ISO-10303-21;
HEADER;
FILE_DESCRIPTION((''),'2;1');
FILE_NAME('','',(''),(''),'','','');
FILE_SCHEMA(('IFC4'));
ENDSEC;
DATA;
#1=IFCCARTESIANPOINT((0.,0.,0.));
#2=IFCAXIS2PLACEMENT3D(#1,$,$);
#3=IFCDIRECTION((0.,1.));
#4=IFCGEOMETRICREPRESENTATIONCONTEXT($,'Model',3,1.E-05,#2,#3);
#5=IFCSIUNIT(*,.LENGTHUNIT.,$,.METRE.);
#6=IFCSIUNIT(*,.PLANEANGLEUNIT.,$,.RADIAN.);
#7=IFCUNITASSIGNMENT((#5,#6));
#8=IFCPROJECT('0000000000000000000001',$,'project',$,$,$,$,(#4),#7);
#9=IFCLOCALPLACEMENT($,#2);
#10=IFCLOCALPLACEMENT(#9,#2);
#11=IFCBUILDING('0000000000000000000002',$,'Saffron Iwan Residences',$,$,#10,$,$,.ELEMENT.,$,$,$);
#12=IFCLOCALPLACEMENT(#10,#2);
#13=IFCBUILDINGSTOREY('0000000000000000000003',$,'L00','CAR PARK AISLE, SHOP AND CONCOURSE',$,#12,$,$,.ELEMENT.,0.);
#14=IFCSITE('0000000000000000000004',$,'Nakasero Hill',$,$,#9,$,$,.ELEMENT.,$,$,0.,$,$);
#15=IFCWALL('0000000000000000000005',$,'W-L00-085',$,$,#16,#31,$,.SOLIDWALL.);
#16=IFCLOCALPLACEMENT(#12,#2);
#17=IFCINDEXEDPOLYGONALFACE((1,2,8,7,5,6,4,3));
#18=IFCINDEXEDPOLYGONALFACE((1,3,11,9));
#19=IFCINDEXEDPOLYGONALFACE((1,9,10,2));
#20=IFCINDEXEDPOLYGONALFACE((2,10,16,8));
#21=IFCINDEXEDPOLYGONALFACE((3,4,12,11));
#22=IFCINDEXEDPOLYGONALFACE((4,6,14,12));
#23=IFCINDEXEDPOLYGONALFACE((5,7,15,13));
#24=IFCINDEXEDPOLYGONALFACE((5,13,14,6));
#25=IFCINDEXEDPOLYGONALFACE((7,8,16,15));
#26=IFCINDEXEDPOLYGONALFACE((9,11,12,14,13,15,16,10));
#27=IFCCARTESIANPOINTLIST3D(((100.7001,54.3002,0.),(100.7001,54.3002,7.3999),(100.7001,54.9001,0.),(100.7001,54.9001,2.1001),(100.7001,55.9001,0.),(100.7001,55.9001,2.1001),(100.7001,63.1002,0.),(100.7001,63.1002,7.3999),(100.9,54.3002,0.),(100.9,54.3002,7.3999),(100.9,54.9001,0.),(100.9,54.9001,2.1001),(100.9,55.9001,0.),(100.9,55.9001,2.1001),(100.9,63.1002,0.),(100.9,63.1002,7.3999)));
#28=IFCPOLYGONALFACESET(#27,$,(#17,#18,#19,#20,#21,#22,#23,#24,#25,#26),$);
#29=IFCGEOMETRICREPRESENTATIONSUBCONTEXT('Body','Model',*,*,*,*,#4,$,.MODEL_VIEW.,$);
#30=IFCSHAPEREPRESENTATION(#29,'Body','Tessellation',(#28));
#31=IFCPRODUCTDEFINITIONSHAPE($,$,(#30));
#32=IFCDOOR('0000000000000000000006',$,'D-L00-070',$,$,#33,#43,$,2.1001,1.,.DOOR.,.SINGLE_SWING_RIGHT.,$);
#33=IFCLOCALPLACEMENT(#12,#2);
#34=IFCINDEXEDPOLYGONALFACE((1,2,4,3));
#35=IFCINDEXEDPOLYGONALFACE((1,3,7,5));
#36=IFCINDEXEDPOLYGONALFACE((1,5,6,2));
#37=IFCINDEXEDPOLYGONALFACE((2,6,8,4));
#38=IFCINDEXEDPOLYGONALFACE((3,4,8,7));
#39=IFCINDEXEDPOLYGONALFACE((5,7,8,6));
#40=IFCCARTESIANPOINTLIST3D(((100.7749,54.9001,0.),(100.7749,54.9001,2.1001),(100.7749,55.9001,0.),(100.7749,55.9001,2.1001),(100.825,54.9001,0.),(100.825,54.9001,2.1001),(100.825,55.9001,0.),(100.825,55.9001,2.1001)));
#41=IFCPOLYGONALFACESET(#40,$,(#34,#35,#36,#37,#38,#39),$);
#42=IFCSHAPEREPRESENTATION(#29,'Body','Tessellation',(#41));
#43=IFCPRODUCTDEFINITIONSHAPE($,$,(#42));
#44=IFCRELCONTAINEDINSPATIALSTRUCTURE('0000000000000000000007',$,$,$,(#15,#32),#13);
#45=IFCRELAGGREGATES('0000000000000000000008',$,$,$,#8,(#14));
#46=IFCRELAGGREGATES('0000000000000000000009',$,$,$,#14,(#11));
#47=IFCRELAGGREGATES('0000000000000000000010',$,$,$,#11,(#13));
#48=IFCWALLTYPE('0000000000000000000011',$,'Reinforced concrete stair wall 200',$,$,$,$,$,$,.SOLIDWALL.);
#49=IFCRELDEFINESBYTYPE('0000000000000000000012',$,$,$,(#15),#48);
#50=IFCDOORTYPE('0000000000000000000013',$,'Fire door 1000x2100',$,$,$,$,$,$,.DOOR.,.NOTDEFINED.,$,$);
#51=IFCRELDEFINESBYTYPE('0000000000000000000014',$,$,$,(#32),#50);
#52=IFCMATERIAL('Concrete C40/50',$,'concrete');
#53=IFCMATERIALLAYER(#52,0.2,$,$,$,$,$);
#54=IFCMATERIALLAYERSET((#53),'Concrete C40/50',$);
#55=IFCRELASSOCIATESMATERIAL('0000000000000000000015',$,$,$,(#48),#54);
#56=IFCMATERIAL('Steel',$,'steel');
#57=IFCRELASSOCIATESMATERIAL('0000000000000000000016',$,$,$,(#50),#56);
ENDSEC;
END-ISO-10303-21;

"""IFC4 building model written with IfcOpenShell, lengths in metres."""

from ifc_helpers import new_model, si_unit, direction, frame, frame_2d, origin, place, context, subcontext, project, spatial, rectangle, extrude, material, layer, layer_set, type_object, element, fill, save


model = new_model("IFC4")

# Units and contexts
model_context = context("Model", 3, precision=1e-05, world=origin(), true_north=direction((0.0, 1.0)))
body_context = subcontext(model_context, "Body", "Model", "MODEL_VIEW")
ifc_project = project(units=[si_unit("LENGTHUNIT", "METRE"), si_unit("PLANEANGLEUNIT", "RADIAN")], contexts=[model_context])

# Site, building, storey
site_placement = place(None, origin())
site = spatial("IfcSite", under=ifc_project, at=site_placement, Name="Nakasero Hill", CompositionType="ELEMENT", RefElevation=0.0)
building_placement = place(site_placement, origin())
building = spatial("IfcBuilding", under=site, at=building_placement, Name="Saffron Iwan Residences", CompositionType="ELEMENT")
storey_placement = place(building_placement, origin())
storey = spatial("IfcBuildingStorey", under=building, at=storey_placement, Name="L00", Description="CAR PARK AISLE, SHOP AND CONCOURSE", CompositionType="ELEMENT", Elevation=0.0)

# Shared definitions
ifc_material_1 = material(Name="Concrete C40/50", Category="concrete")

# Shared definitions
ifc_material_2 = material(Name="Steel", Category="steel")

# Shared definitions
ifc_layer_1 = layer(ifc_material_1, 0.2)
ifc_layer_set_1 = layer_set([ifc_layer_1], Name="Concrete C40/50")
wall_type_1 = type_object("IfcWallType", Name="Reinforced concrete stair wall 200", PredefinedType="SOLIDWALL", material=ifc_layer_set_1)

# Wall, opening, door
wall_1_placement = place(storey_placement, frame((100.8, 63.1001, 0.0), z_axis=(0.0, 0.0, 1.0), x_axis=(0.0, -1.0, 0.0)))
wall_1 = element("IfcWall", 1, at=wall_1_placement, inside=storey, type_object=wall_type_1, Name="W-L00-085", PredefinedType="SOLIDWALL", context=body_context, shape_type="SweptSolid", body=[
    extrude(rectangle(XDim=8.8, YDim=0.2, at=frame_2d((4.3999, 0.0))), origin(), (0.0, 0.0, 1.0), 7.3999),
])
opening_1_placement = place(wall_1_placement, frame((7.2, 0.0, 0.0)))
opening_1 = element("IfcOpeningElement", 2, at=opening_1_placement, cuts=wall_1, PredefinedType="OPENING", context=body_context, shape_type="SweptSolid", body=[
    extrude(rectangle(XDim=1.0, YDim=2.1001, at=frame_2d((0.5, 1.05))), frame((0.0, 0.1099, 0.0), z_axis=(0.0, -1.0, 0.0), x_axis=(1.0, 0.0, 0.0)), (0.0, 0.0, 1.0), 0.22),
])
door_type_1 = type_object("IfcDoorType", Name="Fire door 1000x2100", OperationType="NOTDEFINED", PredefinedType="DOOR", material=ifc_material_2)
door_1_placement = place(opening_1_placement, origin())
door_1 = element("IfcDoor", 3, at=door_1_placement, inside=storey, type_object=door_type_1, Name="D-L00-070", OperationType="SINGLE_SWING_RIGHT", OverallHeight=2.1001, OverallWidth=1.0, PredefinedType="DOOR", context=body_context, shape_type="SweptSolid", body=[
    extrude(rectangle(XDim=1.0, YDim=2.1001, at=frame_2d((0.5, 1.05))), frame((0.0, 0.0249, 0.0), z_axis=(0.0, -1.0, 0.0), x_axis=(1.0, 0.0, 0.0)), (0.0, 0.0, 1.0), 0.05),
])
fill(opening_1, door_1)

save(model, "model.ifc")
